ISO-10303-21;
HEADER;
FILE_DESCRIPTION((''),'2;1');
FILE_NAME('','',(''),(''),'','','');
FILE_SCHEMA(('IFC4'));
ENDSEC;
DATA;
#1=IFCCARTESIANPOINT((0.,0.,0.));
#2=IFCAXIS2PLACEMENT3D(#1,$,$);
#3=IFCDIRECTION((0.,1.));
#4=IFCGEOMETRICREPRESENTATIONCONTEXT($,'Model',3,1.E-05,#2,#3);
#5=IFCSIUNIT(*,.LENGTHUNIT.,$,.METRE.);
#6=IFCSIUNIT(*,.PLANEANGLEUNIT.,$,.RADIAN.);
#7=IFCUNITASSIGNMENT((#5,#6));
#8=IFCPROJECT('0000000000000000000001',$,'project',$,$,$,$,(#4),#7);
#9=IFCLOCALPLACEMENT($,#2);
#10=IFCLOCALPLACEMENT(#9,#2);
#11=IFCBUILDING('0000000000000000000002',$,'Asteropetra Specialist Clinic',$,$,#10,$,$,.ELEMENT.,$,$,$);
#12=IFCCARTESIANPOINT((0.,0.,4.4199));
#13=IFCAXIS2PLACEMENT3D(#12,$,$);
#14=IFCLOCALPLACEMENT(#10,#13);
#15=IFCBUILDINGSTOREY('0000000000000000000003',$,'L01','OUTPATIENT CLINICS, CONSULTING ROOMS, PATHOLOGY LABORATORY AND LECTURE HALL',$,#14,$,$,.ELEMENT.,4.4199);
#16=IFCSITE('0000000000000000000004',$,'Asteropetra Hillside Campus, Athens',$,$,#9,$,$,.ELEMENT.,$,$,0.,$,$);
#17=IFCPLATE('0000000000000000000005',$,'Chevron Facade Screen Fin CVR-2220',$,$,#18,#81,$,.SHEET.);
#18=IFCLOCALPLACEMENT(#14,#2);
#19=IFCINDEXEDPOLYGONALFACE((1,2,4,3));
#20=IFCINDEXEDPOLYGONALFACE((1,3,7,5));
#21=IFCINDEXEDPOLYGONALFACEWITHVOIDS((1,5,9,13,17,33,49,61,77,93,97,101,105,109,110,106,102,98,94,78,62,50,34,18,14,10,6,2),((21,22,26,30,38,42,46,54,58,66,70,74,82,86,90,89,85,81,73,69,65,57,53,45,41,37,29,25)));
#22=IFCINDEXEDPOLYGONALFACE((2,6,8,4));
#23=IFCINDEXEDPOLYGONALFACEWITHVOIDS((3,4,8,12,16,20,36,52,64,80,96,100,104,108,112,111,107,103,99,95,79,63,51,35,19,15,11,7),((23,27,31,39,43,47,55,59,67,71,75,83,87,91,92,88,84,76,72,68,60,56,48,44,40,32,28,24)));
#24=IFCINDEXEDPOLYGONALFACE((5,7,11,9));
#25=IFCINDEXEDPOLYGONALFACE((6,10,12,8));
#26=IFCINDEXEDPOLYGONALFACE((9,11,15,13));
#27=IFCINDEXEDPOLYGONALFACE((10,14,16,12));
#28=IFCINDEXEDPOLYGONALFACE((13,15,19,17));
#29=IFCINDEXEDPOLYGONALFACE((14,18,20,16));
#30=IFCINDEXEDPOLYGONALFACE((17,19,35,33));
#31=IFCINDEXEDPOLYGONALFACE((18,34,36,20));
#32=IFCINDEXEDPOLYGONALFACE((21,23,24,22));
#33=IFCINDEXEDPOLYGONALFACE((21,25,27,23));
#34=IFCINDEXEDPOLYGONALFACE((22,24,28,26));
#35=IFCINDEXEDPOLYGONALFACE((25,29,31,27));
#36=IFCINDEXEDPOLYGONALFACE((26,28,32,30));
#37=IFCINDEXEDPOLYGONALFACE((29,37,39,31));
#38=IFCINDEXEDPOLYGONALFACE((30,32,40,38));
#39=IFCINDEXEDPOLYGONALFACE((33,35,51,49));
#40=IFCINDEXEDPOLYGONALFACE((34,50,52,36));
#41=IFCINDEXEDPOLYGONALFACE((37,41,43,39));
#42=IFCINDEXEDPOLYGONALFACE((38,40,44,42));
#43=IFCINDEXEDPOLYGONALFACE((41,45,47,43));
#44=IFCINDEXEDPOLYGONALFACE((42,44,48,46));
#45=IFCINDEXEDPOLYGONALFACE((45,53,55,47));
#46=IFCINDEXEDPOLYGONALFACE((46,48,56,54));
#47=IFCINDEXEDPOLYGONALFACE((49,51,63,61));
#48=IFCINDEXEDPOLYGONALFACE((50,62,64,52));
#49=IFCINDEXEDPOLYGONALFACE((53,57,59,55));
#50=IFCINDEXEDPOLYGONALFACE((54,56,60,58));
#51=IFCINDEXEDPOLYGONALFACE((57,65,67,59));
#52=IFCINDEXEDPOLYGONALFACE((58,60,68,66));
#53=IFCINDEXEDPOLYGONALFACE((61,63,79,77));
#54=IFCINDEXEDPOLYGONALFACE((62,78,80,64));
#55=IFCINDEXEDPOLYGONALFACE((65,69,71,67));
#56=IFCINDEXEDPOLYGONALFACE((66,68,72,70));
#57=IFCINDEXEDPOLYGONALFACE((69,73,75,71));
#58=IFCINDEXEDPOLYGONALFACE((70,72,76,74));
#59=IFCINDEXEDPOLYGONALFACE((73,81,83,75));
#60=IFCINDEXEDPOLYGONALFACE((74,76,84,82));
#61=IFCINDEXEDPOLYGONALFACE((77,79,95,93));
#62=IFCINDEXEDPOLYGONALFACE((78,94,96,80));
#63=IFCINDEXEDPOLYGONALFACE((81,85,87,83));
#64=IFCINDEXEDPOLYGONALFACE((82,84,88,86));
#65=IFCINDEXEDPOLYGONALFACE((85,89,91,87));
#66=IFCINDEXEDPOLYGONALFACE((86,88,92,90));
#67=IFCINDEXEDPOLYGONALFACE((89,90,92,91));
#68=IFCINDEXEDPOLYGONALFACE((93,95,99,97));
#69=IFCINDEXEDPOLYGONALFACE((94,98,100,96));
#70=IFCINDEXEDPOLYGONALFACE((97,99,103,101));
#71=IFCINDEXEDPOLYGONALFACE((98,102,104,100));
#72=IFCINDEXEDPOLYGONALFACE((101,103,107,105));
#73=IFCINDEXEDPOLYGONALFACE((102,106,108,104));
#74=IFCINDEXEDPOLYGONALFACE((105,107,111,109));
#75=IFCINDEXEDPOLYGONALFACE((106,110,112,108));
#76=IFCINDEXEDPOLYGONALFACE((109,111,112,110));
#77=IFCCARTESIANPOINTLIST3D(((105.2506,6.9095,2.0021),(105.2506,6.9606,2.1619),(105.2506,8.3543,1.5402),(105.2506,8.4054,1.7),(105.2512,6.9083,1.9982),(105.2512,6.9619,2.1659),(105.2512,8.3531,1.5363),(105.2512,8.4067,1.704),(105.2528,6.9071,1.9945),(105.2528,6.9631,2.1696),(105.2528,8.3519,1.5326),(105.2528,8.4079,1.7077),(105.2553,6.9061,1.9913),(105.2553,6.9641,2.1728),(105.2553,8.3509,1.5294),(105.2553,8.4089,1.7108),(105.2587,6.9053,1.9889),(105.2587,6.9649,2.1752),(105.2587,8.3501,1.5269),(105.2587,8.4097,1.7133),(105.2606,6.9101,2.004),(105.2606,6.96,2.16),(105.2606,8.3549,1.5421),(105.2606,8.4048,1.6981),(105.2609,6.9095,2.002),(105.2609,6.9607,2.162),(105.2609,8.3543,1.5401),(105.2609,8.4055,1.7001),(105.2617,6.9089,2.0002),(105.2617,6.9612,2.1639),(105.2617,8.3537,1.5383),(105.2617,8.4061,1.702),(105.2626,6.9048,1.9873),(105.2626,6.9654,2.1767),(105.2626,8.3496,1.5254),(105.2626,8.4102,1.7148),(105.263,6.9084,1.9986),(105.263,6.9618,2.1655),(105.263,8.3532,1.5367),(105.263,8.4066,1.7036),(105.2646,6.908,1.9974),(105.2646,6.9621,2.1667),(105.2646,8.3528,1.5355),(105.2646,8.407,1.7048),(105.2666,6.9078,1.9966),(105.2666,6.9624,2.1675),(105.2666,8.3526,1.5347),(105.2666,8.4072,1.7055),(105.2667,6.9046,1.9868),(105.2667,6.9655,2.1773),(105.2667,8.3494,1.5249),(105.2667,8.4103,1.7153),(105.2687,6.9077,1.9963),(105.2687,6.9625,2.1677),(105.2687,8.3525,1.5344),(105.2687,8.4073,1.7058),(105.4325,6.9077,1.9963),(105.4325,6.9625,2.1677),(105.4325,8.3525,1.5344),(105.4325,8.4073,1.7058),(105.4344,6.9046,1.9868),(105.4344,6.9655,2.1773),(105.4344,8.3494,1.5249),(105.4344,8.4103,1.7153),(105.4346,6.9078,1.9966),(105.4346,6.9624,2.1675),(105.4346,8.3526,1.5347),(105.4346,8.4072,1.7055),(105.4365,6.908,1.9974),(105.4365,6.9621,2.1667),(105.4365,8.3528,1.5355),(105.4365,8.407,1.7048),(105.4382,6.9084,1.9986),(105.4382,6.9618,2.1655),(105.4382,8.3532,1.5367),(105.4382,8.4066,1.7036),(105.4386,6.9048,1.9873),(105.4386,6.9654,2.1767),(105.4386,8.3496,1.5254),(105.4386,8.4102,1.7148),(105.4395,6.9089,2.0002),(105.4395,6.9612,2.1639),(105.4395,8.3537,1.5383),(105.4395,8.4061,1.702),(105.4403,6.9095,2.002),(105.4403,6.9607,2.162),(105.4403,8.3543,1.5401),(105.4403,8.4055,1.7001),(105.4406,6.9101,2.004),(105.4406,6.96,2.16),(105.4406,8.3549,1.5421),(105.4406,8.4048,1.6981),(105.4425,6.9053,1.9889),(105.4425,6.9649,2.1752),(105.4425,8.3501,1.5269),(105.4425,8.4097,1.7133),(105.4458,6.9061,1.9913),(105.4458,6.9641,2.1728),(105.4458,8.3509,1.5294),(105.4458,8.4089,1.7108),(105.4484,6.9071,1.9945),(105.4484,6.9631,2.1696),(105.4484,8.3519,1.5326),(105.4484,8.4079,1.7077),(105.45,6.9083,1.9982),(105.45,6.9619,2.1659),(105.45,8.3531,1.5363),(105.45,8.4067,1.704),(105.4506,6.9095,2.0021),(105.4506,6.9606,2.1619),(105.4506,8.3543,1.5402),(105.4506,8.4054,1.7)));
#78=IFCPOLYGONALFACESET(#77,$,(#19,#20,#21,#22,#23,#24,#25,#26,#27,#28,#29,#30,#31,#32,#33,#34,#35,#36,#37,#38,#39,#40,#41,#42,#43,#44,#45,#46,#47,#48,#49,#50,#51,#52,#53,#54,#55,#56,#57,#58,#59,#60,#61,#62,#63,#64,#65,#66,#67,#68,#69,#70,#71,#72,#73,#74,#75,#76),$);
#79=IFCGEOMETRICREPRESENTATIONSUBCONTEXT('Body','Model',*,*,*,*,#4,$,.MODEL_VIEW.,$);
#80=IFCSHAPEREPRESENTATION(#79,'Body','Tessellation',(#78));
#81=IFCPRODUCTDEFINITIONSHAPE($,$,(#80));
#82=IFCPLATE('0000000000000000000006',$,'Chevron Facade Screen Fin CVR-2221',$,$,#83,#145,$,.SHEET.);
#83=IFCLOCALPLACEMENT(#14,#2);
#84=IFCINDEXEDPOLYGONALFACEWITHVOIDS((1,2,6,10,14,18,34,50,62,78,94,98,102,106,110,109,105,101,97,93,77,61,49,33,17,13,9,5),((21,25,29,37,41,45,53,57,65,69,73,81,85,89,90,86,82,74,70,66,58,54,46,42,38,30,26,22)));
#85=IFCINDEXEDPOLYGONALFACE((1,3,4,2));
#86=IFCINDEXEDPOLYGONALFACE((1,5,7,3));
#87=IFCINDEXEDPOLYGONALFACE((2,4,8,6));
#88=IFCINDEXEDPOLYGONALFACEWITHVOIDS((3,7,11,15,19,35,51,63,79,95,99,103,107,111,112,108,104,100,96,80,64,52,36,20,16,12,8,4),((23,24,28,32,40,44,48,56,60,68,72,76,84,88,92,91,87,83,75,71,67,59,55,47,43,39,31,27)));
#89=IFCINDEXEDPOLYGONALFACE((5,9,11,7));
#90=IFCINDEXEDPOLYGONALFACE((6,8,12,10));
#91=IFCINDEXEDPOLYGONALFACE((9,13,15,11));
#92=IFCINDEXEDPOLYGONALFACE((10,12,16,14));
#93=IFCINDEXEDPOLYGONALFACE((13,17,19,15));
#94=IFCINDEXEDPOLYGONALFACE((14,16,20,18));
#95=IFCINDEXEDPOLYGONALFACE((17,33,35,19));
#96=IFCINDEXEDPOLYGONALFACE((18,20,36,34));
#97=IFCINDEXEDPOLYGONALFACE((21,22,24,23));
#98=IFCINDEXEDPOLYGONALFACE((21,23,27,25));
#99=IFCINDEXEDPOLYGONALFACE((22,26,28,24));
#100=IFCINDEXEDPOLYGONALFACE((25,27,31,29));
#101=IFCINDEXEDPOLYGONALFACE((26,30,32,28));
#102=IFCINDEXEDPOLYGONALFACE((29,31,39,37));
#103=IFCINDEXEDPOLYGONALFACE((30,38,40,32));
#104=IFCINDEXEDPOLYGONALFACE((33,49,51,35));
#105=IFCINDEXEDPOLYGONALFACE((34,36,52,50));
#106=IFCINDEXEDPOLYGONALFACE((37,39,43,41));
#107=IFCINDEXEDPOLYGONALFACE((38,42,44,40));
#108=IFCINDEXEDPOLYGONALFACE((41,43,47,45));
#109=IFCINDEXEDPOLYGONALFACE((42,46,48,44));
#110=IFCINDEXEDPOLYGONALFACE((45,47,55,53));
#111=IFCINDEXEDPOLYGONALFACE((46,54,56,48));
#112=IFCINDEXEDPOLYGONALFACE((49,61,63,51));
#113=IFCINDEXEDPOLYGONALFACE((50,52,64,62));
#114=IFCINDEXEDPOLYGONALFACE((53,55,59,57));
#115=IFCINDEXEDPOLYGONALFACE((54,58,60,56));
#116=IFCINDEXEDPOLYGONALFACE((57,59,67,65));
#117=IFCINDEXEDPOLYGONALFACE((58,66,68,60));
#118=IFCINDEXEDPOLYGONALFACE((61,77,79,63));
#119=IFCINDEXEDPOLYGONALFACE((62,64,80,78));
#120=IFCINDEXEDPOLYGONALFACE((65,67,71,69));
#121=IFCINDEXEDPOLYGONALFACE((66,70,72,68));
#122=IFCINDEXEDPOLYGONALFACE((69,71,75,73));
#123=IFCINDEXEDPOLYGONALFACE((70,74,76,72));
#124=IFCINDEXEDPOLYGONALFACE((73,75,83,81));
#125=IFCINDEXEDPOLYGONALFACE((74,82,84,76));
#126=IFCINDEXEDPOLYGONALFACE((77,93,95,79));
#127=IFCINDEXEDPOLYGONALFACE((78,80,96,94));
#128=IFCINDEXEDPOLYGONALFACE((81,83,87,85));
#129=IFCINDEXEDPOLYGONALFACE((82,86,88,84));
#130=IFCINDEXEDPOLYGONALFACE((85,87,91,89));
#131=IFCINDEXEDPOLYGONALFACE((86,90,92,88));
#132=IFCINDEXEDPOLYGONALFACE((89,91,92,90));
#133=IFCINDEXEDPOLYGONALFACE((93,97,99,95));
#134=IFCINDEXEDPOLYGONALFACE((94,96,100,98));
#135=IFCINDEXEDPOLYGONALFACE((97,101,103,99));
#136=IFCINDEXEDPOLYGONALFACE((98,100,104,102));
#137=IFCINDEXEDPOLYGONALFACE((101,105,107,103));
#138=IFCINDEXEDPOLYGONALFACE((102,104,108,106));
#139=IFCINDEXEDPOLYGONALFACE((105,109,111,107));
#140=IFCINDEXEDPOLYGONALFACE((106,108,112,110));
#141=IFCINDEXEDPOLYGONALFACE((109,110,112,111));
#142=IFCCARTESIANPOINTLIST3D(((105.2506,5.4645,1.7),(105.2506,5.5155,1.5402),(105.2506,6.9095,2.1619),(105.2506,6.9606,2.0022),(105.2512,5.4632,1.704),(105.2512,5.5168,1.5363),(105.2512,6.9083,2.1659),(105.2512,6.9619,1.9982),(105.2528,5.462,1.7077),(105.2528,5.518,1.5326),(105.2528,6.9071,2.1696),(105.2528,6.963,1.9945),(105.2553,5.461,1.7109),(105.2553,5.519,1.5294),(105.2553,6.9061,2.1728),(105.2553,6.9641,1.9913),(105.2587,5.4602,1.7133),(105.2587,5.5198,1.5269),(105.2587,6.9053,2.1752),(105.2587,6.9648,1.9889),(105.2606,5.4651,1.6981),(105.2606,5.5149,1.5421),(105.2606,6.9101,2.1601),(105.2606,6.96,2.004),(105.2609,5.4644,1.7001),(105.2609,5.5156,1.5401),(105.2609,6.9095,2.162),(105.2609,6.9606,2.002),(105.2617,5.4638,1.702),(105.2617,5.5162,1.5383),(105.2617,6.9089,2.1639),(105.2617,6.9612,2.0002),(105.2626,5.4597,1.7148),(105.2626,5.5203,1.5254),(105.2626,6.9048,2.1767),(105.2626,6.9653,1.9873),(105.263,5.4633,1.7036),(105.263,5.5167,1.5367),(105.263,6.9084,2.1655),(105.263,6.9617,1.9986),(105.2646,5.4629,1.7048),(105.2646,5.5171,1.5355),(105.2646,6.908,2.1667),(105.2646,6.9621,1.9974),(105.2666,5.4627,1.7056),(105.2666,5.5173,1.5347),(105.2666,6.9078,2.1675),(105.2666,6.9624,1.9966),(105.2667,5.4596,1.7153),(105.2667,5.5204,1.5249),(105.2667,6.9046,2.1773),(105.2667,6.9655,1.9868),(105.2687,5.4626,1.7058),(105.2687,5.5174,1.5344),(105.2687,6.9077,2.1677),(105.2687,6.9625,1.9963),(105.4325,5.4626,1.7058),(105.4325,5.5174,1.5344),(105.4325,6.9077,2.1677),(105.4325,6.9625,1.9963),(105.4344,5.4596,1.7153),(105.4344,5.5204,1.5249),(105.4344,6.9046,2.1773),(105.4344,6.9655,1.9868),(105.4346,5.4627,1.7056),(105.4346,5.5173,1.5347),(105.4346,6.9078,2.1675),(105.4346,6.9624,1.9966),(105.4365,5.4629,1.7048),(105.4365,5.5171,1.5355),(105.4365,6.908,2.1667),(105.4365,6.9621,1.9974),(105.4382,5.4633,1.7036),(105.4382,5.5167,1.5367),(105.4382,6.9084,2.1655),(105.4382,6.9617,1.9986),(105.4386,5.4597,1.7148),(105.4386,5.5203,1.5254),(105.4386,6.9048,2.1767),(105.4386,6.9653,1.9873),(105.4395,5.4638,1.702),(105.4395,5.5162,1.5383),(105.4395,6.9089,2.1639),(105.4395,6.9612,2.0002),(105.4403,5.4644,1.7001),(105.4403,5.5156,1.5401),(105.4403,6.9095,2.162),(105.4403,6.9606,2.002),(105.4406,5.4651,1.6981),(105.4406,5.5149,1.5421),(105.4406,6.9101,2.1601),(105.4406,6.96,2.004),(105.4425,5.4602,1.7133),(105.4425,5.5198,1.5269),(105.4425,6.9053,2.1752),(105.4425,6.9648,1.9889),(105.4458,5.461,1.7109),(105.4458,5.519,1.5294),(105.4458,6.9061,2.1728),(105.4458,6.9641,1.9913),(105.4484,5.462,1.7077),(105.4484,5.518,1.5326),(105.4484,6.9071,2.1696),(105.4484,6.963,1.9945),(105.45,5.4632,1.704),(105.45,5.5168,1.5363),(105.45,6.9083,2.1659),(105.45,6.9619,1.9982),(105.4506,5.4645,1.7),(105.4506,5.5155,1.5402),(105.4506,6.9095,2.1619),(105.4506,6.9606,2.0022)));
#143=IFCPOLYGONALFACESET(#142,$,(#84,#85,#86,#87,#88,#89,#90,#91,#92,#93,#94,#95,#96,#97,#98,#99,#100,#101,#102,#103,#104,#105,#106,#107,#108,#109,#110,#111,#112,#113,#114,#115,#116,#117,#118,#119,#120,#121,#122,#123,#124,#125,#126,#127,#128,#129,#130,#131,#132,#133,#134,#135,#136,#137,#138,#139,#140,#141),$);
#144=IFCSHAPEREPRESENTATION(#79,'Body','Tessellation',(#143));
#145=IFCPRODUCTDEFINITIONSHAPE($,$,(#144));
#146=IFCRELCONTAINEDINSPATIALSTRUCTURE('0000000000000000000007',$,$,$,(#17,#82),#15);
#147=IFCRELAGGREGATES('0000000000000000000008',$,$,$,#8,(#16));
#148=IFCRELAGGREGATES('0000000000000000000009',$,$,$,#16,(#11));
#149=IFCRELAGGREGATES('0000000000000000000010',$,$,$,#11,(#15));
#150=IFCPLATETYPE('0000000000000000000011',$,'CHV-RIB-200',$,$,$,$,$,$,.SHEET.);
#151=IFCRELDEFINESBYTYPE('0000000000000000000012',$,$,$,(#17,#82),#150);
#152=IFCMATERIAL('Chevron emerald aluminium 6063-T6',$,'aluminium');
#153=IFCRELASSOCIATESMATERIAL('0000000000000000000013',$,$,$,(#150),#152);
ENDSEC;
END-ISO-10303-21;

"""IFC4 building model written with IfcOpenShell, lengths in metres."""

from ifc_helpers import new_model, si_unit, direction, frame, origin, origin_2d, place, context, subcontext, project, spatial, hollow_rectangle, extrude, material, material_profile, profile_set, type_object, element, save


model = new_model("IFC4")

# Units and contexts
model_context = context("Model", 3, precision=1e-05, world=origin(), true_north=direction((0.0, 1.0)))
body_context = subcontext(model_context, "Body", "Model", "MODEL_VIEW")
ifc_project = project(units=[si_unit("LENGTHUNIT", "METRE"), si_unit("PLANEANGLEUNIT", "RADIAN")], contexts=[model_context])

# Site, building, storey
site_placement = place(None, origin())
site = spatial("IfcSite", under=ifc_project, at=site_placement, Name="Asteropetra Hillside Campus, Athens", CompositionType="ELEMENT", RefElevation=0.0)
building_placement = place(site_placement, origin())
building = spatial("IfcBuilding", under=site, at=building_placement, Name="Asteropetra Specialist Clinic", CompositionType="ELEMENT")
storey_placement = place(building_placement, frame((0.0, 0.0, 4.4199)))
storey = spatial("IfcBuildingStorey", under=building, at=storey_placement, Name="L01", Description="OUTPATIENT CLINICS, CONSULTING ROOMS, PATHOLOGY LABORATORY AND LECTURE HALL", CompositionType="ELEMENT", Elevation=4.4199)

# Plates
ifc_material_1 = material(Name="Chevron emerald aluminium 6063-T6", Category="aluminium")
ifc_material_profile = material_profile(ifc_material_1, hollow_rectangle(XDim=0.2, YDim=0.2, WallThickness=0.01, InnerFilletRadius=0.0081, OuterFilletRadius=0.0161, at=origin_2d()), Name="SHS 200x200x10.0")
ifc_profile_set = profile_set([ifc_material_profile], Name="Chevron emerald aluminium 6063-T6")
plate_type = type_object("IfcPlateType", Name="CHV-RIB-200", PredefinedType="SHEET", material=ifc_profile_set)
plate_1_placement = place(storey_placement, frame((105.3506, 8.3799, 1.6201), z_axis=(0.0, -0.952506, 0.304519), x_axis=(1.0, 0.0, 0.0)))
element("IfcPlate", 1, at=plate_1_placement, inside=storey, type_object=plate_type, Name="Chevron Facade Screen Fin CVR-2220", PredefinedType="SHEET", context=body_context, shape_type="SweptSolid", body=[
    extrude(hollow_rectangle(XDim=0.2, YDim=0.2, WallThickness=0.01, InnerFilletRadius=0.0081, OuterFilletRadius=0.0161, at=origin_2d()), origin(), (0.0, 0.0, 1.0), 1.5168),
])
plate_2_placement = place(storey_placement, frame((105.3506, 6.9351, 2.082), z_axis=(0.0, -0.952521, -0.304472), x_axis=(1.0, 0.0, 0.0)))
element("IfcPlate", 2, at=plate_2_placement, inside=storey, type_object=plate_type, Name="Chevron Facade Screen Fin CVR-2221", PredefinedType="SHEET", context=body_context, shape_type="SweptSolid", body=[
    extrude(hollow_rectangle(XDim=0.2, YDim=0.2, WallThickness=0.01, InnerFilletRadius=0.0081, OuterFilletRadius=0.0161, at=origin_2d()), origin(), (0.0, 0.0, 1.0), 1.5171),
])

save(model, "model.ifc")
